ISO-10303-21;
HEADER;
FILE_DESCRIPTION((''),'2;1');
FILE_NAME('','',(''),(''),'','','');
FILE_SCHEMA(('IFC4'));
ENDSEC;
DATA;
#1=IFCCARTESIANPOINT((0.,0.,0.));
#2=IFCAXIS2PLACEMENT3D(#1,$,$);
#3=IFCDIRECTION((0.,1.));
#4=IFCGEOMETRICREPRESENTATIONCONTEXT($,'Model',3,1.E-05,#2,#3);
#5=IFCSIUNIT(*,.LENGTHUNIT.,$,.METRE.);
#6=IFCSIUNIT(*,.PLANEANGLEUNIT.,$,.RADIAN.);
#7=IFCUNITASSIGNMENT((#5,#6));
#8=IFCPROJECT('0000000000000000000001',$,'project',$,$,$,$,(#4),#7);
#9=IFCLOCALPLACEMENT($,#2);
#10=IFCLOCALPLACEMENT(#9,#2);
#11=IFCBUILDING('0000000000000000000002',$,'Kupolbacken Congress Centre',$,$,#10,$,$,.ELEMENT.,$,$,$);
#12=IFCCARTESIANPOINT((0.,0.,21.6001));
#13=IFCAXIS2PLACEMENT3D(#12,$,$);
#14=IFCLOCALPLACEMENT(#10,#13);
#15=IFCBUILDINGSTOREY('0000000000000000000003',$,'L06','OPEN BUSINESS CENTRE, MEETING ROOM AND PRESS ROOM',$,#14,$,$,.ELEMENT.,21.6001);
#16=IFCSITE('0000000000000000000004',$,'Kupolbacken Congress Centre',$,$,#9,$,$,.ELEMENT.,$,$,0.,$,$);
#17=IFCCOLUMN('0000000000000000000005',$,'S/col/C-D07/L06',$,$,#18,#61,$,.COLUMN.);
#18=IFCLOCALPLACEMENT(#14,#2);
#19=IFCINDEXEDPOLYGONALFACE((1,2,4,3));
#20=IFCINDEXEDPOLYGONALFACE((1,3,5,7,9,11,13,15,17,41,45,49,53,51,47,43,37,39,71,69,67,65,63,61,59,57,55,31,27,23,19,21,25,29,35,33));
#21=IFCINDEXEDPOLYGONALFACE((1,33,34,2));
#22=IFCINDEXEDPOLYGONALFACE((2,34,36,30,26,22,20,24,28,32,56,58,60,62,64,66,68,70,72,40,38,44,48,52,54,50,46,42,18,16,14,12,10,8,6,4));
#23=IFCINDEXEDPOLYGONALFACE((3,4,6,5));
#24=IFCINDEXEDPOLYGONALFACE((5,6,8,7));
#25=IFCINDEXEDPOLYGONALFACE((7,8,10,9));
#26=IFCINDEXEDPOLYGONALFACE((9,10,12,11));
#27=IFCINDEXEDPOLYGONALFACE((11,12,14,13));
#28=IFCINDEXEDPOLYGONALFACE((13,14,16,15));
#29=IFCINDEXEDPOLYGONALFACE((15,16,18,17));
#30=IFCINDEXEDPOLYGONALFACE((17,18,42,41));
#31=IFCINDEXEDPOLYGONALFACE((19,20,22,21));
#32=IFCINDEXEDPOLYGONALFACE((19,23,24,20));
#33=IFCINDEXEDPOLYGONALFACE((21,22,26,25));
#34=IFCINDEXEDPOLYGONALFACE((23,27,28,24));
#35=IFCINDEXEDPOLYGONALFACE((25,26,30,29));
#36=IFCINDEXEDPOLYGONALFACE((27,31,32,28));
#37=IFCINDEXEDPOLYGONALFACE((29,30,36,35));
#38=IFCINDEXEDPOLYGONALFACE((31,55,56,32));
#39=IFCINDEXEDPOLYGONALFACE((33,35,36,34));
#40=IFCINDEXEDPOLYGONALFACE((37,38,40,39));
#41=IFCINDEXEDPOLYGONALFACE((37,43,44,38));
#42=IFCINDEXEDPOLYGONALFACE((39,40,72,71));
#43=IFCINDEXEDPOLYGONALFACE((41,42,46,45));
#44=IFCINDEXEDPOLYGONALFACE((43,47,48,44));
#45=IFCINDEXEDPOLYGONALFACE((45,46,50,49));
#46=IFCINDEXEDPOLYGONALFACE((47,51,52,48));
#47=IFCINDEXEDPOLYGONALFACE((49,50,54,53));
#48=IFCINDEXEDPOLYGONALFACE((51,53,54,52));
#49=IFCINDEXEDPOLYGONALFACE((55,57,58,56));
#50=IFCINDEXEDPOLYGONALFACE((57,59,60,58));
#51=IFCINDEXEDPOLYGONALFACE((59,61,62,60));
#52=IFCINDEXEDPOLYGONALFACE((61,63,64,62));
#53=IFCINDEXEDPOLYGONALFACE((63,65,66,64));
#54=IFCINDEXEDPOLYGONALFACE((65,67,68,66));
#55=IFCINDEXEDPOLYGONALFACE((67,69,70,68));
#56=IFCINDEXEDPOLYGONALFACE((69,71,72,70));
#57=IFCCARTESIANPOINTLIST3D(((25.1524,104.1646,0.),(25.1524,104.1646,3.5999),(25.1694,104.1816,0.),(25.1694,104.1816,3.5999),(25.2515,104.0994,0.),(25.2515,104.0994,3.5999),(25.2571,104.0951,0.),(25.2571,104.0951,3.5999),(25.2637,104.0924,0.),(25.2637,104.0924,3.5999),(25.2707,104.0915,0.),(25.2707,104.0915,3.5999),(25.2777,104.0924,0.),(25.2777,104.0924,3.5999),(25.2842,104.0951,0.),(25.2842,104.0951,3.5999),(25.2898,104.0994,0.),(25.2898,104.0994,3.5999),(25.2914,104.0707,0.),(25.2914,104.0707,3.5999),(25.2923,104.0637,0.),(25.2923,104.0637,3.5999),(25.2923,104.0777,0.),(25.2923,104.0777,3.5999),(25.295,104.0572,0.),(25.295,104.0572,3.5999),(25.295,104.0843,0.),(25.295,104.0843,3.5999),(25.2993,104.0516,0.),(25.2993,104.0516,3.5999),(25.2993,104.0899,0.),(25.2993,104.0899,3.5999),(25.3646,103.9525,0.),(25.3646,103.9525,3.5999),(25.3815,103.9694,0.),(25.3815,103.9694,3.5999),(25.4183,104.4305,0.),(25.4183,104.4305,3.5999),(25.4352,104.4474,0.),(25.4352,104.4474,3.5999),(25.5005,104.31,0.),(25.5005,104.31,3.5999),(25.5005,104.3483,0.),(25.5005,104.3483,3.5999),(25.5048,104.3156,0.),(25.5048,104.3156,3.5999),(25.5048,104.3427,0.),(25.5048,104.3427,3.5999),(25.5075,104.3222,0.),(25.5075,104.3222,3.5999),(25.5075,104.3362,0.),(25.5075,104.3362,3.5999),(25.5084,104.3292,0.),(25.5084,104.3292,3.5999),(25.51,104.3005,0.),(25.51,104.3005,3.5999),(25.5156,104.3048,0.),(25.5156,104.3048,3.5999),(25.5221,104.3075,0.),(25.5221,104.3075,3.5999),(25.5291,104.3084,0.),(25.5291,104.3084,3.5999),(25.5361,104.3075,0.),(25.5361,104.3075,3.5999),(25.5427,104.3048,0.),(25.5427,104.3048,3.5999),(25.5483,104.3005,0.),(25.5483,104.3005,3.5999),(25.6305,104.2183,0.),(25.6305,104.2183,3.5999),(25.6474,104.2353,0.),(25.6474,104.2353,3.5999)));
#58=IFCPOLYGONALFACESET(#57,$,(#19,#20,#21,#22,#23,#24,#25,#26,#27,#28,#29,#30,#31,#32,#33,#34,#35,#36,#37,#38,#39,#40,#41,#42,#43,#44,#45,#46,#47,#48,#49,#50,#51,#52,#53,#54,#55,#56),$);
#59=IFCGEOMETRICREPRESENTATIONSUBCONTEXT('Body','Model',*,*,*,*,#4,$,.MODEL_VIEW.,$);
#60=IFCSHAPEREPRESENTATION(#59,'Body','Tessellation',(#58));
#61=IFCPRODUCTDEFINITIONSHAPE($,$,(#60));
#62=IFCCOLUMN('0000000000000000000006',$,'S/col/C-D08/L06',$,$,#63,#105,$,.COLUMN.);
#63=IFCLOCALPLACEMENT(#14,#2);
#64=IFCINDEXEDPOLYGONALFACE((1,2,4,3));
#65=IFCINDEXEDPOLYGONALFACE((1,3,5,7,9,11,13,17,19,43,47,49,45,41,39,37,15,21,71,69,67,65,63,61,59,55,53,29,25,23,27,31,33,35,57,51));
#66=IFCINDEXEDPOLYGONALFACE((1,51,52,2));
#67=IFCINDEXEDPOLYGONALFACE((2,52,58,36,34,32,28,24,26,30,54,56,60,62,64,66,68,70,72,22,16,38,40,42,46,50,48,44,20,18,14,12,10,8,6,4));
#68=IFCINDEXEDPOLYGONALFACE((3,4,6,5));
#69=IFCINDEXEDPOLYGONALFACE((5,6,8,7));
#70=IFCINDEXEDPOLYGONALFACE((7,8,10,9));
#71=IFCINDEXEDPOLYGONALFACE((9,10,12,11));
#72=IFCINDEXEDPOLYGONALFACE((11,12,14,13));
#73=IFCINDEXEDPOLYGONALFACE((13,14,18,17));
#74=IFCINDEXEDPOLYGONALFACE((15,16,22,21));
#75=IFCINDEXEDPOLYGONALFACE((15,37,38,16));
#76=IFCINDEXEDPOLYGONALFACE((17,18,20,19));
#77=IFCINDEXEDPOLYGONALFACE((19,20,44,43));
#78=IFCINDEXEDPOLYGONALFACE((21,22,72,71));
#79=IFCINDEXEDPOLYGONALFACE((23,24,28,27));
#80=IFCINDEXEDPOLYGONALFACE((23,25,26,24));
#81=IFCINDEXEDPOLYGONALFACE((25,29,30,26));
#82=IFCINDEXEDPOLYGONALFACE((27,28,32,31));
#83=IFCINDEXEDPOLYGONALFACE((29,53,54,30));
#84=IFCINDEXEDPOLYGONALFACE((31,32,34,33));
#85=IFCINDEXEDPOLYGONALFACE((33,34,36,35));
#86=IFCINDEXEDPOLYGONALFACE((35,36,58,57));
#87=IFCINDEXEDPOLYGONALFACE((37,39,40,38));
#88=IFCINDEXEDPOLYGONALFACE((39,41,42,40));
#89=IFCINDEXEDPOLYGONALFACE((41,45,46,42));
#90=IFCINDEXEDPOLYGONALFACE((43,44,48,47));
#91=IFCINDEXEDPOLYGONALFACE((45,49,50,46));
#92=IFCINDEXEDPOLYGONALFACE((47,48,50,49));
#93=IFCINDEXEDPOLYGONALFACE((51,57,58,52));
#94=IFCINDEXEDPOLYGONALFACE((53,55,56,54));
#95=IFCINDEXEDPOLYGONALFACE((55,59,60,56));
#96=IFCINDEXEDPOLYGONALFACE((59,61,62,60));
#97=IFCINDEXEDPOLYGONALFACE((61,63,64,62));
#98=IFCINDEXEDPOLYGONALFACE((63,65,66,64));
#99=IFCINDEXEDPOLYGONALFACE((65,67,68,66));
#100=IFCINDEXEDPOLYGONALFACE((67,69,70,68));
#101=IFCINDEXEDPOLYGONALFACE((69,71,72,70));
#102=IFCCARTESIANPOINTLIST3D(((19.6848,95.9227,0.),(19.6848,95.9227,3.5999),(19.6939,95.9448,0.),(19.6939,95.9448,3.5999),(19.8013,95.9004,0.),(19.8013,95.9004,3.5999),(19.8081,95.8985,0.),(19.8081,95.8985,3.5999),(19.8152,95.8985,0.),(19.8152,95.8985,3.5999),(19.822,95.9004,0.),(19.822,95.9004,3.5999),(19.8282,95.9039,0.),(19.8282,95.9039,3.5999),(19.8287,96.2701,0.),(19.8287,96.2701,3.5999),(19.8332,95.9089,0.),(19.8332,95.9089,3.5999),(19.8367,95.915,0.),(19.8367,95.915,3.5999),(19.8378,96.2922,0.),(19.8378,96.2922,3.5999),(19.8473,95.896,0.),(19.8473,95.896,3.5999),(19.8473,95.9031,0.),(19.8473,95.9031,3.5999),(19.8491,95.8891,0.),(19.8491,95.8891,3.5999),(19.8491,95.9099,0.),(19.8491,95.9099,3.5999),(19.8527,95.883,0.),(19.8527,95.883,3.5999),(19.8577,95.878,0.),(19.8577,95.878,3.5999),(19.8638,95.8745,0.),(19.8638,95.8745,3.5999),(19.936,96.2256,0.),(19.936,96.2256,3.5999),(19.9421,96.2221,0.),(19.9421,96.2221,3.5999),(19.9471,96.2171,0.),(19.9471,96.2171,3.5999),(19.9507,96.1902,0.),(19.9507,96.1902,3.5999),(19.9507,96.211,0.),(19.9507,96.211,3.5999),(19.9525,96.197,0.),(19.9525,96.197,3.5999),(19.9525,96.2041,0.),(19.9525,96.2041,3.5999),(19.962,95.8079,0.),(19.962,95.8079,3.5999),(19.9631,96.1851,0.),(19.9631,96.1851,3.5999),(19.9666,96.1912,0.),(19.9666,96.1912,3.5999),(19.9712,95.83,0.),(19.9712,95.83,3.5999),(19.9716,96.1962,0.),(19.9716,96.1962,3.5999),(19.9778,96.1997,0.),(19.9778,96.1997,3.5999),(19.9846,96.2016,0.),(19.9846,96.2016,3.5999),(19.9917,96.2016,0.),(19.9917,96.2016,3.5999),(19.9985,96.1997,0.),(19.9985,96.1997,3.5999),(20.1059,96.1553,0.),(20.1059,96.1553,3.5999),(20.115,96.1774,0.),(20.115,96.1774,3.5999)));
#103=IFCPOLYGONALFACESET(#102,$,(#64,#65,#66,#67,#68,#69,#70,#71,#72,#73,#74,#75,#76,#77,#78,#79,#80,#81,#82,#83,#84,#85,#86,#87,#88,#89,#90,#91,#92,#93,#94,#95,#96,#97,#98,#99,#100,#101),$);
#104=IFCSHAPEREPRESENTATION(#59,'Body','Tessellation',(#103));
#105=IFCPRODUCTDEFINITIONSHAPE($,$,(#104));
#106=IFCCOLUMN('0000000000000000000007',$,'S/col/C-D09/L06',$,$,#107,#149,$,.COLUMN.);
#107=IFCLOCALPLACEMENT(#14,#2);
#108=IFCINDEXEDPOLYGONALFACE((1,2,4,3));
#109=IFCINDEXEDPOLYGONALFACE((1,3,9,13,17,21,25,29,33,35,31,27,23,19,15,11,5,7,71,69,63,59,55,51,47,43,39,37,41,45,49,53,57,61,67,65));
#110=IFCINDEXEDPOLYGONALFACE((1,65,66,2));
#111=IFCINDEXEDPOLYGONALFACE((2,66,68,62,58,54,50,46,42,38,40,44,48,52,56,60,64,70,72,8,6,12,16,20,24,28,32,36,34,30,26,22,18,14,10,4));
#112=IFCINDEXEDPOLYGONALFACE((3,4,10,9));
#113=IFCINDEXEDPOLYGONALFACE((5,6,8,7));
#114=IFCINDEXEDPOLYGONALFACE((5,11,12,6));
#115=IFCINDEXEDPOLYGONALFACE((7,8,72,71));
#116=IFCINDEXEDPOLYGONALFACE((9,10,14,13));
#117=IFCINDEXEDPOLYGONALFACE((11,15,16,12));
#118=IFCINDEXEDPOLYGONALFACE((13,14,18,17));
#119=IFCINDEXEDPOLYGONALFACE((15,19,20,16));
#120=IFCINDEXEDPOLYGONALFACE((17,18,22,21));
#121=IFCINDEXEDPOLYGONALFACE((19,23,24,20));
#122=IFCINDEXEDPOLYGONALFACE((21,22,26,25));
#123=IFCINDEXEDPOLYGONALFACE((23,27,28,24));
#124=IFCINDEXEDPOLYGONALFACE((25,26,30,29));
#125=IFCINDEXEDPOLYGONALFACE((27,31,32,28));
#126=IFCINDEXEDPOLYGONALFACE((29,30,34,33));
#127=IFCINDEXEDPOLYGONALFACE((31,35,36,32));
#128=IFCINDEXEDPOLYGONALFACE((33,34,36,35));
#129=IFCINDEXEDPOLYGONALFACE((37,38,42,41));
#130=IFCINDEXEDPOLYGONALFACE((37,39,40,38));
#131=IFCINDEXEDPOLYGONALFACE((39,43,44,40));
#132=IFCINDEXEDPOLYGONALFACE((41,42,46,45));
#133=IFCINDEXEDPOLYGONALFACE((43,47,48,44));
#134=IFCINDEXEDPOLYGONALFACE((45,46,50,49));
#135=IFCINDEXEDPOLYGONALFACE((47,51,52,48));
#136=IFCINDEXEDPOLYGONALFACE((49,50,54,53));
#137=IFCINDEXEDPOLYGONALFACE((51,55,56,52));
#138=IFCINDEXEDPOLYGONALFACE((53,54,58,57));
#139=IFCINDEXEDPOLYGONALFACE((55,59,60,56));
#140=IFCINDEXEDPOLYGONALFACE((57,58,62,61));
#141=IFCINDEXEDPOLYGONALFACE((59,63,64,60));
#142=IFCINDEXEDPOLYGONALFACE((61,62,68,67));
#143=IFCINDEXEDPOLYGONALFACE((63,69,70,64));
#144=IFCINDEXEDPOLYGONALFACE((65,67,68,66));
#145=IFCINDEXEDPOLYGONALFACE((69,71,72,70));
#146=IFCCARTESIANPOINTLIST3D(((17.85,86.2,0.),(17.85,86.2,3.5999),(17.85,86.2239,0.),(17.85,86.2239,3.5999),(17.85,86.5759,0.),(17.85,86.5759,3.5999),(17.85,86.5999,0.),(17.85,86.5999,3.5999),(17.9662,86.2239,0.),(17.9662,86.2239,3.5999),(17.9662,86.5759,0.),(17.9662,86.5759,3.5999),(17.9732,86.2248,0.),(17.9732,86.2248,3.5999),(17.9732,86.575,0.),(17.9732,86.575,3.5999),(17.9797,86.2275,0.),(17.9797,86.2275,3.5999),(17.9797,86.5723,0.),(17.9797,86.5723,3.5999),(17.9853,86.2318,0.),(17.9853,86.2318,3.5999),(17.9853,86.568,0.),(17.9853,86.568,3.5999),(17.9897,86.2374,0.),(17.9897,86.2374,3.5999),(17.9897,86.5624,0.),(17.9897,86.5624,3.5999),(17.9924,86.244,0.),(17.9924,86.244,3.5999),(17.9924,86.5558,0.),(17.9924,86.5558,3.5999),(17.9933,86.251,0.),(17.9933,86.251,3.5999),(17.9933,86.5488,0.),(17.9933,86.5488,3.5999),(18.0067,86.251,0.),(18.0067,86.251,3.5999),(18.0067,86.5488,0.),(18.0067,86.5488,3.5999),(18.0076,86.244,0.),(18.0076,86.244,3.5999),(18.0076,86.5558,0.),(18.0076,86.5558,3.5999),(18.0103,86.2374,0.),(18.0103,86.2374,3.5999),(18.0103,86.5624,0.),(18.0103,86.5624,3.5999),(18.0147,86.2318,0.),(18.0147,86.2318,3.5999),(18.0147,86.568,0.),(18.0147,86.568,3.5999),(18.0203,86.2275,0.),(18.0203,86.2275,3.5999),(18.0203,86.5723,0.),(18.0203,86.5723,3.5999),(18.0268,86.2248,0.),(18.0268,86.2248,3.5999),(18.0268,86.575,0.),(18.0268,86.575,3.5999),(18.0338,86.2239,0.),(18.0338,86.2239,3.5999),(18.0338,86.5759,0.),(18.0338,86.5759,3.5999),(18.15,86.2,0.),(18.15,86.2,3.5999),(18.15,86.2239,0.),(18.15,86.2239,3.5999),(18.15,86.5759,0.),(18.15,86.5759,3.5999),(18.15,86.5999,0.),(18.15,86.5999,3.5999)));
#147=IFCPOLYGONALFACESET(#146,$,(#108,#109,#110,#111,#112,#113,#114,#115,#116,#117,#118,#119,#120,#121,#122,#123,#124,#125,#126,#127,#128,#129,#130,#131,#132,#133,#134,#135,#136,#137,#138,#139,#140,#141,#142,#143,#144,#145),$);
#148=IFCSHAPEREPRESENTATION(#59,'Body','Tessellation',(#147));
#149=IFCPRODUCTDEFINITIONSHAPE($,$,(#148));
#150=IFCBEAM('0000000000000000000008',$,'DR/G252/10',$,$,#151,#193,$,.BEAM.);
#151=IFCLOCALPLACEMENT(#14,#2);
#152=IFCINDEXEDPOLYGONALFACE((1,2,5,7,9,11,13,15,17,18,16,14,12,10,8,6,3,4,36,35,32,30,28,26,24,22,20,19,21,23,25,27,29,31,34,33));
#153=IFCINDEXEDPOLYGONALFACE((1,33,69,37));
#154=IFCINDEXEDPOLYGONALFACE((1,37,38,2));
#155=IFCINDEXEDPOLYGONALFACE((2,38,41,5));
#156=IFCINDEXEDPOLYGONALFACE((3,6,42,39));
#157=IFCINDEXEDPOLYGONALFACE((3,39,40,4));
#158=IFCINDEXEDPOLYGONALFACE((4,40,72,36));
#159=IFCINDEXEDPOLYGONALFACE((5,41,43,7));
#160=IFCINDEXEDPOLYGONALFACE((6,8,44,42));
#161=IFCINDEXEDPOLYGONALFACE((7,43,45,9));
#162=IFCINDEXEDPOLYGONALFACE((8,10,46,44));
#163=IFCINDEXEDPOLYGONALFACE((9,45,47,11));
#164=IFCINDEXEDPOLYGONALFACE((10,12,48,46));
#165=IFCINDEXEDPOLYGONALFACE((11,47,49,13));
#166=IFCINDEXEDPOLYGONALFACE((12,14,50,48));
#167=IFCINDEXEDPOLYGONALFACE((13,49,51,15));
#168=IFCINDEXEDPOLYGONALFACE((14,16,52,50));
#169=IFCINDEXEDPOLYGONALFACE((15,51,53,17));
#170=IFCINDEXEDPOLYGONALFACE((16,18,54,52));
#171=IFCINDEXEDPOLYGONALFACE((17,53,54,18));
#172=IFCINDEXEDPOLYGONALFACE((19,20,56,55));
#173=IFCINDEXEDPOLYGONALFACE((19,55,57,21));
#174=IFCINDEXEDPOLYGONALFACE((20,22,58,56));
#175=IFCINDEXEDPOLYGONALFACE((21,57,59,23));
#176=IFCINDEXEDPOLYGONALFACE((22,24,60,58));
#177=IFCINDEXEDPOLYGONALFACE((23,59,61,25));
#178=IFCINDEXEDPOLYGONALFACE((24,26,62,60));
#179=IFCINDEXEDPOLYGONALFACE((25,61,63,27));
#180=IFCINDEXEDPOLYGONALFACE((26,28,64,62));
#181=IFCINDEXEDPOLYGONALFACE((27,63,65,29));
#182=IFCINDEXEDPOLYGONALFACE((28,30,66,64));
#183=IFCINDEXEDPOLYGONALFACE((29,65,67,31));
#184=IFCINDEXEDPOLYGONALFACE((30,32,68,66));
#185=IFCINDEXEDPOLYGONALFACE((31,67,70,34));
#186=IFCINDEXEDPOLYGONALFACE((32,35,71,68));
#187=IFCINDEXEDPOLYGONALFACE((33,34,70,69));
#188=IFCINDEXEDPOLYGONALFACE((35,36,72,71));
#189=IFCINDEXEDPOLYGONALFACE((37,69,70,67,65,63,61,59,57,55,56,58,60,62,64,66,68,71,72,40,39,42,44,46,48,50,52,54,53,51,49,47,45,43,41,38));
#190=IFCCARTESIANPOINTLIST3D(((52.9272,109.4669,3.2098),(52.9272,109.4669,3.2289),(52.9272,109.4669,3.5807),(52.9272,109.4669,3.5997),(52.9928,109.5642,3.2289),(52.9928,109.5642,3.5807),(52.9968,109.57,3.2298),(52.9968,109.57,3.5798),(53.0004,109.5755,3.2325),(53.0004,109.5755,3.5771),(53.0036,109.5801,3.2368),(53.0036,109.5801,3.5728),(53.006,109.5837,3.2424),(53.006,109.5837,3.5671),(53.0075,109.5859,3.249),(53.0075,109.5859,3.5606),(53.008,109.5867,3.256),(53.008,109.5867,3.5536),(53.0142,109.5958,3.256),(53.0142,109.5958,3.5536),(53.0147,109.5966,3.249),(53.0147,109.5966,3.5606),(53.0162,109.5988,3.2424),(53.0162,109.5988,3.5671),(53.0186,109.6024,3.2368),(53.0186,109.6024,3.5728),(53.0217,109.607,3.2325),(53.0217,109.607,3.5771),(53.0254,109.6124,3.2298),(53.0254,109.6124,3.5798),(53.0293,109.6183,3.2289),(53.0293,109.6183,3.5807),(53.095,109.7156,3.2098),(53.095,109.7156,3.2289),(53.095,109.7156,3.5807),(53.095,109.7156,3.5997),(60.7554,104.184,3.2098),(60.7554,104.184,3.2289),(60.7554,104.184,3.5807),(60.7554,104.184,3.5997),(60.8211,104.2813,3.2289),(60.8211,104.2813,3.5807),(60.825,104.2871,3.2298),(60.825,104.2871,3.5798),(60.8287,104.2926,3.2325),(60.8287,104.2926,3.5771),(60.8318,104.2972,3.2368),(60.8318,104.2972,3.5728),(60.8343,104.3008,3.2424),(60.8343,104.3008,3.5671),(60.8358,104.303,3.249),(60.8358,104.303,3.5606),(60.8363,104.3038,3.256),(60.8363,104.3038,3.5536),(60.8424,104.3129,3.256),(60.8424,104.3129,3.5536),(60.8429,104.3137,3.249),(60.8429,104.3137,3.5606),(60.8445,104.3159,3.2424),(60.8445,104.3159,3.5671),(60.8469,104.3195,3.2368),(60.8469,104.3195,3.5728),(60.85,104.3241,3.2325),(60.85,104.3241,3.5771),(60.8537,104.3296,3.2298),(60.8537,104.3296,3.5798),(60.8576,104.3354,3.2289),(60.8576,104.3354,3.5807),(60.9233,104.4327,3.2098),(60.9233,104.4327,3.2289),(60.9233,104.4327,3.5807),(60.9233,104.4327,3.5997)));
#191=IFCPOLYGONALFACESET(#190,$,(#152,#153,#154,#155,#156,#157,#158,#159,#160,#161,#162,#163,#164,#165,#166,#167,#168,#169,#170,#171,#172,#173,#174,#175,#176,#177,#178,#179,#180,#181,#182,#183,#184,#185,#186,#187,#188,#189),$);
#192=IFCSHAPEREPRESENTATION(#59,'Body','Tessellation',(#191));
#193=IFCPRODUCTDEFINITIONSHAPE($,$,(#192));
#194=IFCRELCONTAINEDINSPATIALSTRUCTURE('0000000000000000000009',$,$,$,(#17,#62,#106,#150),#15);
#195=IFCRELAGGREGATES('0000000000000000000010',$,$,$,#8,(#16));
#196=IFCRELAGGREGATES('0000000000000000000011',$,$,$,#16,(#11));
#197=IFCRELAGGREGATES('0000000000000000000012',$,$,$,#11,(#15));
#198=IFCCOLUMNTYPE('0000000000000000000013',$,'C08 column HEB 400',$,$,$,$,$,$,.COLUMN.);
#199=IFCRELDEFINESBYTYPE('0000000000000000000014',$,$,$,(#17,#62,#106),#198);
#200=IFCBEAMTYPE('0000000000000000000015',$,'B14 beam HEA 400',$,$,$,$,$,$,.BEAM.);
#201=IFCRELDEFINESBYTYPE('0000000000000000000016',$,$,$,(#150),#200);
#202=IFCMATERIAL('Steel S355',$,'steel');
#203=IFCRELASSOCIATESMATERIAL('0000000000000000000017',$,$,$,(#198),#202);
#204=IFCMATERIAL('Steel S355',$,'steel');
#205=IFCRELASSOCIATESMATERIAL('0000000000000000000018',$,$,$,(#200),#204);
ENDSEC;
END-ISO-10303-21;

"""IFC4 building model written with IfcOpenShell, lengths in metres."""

from ifc_helpers import new_model, si_unit, direction, frame, origin, origin_2d, place, context, subcontext, project, spatial, i_section, extrude, material, material_profile, profile_set, type_object, element, save


model = new_model("IFC4")

# Units and contexts
model_context = context("Model", 3, precision=1e-05, world=origin(), true_north=direction((0.0, 1.0)))
body_context = subcontext(model_context, "Body", "Model", "MODEL_VIEW")
ifc_project = project(units=[si_unit("LENGTHUNIT", "METRE"), si_unit("PLANEANGLEUNIT", "RADIAN")], contexts=[model_context])

# Site, building, storey
site_placement = place(None, origin())
site = spatial("IfcSite", under=ifc_project, at=site_placement, Name="Kupolbacken Congress Centre", CompositionType="ELEMENT", RefElevation=0.0)
building_placement = place(site_placement, origin())
building = spatial("IfcBuilding", under=site, at=building_placement, Name="Kupolbacken Congress Centre", CompositionType="ELEMENT")
storey_placement = place(building_placement, frame((0.0, 0.0, 21.6001)))
storey = spatial("IfcBuildingStorey", under=building, at=storey_placement, Name="L06", Description="OPEN BUSINESS CENTRE, MEETING ROOM AND PRESS ROOM", CompositionType="ELEMENT", Elevation=21.6001)

# Columns
ifc_material_1 = material(Name="Steel S355", Category="steel")
ifc_material_profile_1 = material_profile(ifc_material_1, i_section(OverallWidth=0.3, OverallDepth=0.3999, WebThickness=0.0134, FlangeThickness=0.0239, FilletRadius=0.0271, at=origin_2d()), Name="HEB 400")
ifc_profile_set_1 = profile_set([ifc_material_profile_1], Name="Steel S355")
column_type = type_object("IfcColumnType", Name="C08 column HEB 400", PredefinedType="COLUMN", material=ifc_profile_set_1)
for number, where, z_axis, x_axis, name in (
    (1, (25.3999, 104.2, 0.0), (0.0, 0.0, 1.0), (-0.707107, 0.707107, 0.0), "S/col/C-D07/L06"),
    (2, (19.8999, 96.05, 0.0), (0.0, 0.0, 1.0), (-0.923896, 0.382644, 0.0), "S/col/C-D08/L06"),
    (3, (18.0, 86.3999, 0.0), (0.0, 0.0, 1.0), (-1.0, 0.0, 0.0), "S/col/C-D09/L06"),
):
    element("IfcColumn", number, at=place(storey_placement, frame(where, z_axis=z_axis, x_axis=x_axis)), inside=storey, type_object=column_type, Name=name, PredefinedType="COLUMN", context=body_context, shape_type="SweptSolid", body=[
        extrude(i_section(OverallWidth=0.3, OverallDepth=0.3999, WebThickness=0.0134, FlangeThickness=0.0239, FilletRadius=0.0271, at=origin_2d()), origin(), (0.0, 0.0, 1.0), 3.5999),
    ])

# Beam
ifc_material_2 = material(Name="Steel S355", Category="steel")
ifc_material_profile_2 = material_profile(ifc_material_2, i_section(OverallWidth=0.3, OverallDepth=0.3899, WebThickness=0.011, FlangeThickness=0.019, FilletRadius=0.0271, at=origin_2d()), Name="HEA 400")
ifc_profile_set_2 = profile_set([ifc_material_profile_2], Name="Steel S355")
beam_type = type_object("IfcBeamType", Name="B14 beam HEA 400", PredefinedType="BEAM", material=ifc_profile_set_2)
beam_1_placement = place(storey_placement, frame((60.8394, 104.3083, 3.4048), z_axis=(-0.828907, 0.559386, 0.0), x_axis=(-0.559386, -0.828907, 0.0)))
element("IfcBeam", 4, at=beam_1_placement, inside=storey, type_object=beam_type, Name="DR/G252/10", PredefinedType="BEAM", context=body_context, shape_type="SweptSolid", body=[
    extrude(i_section(OverallWidth=0.3, OverallDepth=0.3899, WebThickness=0.011, FlangeThickness=0.019, FilletRadius=0.0271, at=origin_2d()), origin(), (0.0, 0.0, 1.0), 9.4441),
])

save(model, "model.ifc")
